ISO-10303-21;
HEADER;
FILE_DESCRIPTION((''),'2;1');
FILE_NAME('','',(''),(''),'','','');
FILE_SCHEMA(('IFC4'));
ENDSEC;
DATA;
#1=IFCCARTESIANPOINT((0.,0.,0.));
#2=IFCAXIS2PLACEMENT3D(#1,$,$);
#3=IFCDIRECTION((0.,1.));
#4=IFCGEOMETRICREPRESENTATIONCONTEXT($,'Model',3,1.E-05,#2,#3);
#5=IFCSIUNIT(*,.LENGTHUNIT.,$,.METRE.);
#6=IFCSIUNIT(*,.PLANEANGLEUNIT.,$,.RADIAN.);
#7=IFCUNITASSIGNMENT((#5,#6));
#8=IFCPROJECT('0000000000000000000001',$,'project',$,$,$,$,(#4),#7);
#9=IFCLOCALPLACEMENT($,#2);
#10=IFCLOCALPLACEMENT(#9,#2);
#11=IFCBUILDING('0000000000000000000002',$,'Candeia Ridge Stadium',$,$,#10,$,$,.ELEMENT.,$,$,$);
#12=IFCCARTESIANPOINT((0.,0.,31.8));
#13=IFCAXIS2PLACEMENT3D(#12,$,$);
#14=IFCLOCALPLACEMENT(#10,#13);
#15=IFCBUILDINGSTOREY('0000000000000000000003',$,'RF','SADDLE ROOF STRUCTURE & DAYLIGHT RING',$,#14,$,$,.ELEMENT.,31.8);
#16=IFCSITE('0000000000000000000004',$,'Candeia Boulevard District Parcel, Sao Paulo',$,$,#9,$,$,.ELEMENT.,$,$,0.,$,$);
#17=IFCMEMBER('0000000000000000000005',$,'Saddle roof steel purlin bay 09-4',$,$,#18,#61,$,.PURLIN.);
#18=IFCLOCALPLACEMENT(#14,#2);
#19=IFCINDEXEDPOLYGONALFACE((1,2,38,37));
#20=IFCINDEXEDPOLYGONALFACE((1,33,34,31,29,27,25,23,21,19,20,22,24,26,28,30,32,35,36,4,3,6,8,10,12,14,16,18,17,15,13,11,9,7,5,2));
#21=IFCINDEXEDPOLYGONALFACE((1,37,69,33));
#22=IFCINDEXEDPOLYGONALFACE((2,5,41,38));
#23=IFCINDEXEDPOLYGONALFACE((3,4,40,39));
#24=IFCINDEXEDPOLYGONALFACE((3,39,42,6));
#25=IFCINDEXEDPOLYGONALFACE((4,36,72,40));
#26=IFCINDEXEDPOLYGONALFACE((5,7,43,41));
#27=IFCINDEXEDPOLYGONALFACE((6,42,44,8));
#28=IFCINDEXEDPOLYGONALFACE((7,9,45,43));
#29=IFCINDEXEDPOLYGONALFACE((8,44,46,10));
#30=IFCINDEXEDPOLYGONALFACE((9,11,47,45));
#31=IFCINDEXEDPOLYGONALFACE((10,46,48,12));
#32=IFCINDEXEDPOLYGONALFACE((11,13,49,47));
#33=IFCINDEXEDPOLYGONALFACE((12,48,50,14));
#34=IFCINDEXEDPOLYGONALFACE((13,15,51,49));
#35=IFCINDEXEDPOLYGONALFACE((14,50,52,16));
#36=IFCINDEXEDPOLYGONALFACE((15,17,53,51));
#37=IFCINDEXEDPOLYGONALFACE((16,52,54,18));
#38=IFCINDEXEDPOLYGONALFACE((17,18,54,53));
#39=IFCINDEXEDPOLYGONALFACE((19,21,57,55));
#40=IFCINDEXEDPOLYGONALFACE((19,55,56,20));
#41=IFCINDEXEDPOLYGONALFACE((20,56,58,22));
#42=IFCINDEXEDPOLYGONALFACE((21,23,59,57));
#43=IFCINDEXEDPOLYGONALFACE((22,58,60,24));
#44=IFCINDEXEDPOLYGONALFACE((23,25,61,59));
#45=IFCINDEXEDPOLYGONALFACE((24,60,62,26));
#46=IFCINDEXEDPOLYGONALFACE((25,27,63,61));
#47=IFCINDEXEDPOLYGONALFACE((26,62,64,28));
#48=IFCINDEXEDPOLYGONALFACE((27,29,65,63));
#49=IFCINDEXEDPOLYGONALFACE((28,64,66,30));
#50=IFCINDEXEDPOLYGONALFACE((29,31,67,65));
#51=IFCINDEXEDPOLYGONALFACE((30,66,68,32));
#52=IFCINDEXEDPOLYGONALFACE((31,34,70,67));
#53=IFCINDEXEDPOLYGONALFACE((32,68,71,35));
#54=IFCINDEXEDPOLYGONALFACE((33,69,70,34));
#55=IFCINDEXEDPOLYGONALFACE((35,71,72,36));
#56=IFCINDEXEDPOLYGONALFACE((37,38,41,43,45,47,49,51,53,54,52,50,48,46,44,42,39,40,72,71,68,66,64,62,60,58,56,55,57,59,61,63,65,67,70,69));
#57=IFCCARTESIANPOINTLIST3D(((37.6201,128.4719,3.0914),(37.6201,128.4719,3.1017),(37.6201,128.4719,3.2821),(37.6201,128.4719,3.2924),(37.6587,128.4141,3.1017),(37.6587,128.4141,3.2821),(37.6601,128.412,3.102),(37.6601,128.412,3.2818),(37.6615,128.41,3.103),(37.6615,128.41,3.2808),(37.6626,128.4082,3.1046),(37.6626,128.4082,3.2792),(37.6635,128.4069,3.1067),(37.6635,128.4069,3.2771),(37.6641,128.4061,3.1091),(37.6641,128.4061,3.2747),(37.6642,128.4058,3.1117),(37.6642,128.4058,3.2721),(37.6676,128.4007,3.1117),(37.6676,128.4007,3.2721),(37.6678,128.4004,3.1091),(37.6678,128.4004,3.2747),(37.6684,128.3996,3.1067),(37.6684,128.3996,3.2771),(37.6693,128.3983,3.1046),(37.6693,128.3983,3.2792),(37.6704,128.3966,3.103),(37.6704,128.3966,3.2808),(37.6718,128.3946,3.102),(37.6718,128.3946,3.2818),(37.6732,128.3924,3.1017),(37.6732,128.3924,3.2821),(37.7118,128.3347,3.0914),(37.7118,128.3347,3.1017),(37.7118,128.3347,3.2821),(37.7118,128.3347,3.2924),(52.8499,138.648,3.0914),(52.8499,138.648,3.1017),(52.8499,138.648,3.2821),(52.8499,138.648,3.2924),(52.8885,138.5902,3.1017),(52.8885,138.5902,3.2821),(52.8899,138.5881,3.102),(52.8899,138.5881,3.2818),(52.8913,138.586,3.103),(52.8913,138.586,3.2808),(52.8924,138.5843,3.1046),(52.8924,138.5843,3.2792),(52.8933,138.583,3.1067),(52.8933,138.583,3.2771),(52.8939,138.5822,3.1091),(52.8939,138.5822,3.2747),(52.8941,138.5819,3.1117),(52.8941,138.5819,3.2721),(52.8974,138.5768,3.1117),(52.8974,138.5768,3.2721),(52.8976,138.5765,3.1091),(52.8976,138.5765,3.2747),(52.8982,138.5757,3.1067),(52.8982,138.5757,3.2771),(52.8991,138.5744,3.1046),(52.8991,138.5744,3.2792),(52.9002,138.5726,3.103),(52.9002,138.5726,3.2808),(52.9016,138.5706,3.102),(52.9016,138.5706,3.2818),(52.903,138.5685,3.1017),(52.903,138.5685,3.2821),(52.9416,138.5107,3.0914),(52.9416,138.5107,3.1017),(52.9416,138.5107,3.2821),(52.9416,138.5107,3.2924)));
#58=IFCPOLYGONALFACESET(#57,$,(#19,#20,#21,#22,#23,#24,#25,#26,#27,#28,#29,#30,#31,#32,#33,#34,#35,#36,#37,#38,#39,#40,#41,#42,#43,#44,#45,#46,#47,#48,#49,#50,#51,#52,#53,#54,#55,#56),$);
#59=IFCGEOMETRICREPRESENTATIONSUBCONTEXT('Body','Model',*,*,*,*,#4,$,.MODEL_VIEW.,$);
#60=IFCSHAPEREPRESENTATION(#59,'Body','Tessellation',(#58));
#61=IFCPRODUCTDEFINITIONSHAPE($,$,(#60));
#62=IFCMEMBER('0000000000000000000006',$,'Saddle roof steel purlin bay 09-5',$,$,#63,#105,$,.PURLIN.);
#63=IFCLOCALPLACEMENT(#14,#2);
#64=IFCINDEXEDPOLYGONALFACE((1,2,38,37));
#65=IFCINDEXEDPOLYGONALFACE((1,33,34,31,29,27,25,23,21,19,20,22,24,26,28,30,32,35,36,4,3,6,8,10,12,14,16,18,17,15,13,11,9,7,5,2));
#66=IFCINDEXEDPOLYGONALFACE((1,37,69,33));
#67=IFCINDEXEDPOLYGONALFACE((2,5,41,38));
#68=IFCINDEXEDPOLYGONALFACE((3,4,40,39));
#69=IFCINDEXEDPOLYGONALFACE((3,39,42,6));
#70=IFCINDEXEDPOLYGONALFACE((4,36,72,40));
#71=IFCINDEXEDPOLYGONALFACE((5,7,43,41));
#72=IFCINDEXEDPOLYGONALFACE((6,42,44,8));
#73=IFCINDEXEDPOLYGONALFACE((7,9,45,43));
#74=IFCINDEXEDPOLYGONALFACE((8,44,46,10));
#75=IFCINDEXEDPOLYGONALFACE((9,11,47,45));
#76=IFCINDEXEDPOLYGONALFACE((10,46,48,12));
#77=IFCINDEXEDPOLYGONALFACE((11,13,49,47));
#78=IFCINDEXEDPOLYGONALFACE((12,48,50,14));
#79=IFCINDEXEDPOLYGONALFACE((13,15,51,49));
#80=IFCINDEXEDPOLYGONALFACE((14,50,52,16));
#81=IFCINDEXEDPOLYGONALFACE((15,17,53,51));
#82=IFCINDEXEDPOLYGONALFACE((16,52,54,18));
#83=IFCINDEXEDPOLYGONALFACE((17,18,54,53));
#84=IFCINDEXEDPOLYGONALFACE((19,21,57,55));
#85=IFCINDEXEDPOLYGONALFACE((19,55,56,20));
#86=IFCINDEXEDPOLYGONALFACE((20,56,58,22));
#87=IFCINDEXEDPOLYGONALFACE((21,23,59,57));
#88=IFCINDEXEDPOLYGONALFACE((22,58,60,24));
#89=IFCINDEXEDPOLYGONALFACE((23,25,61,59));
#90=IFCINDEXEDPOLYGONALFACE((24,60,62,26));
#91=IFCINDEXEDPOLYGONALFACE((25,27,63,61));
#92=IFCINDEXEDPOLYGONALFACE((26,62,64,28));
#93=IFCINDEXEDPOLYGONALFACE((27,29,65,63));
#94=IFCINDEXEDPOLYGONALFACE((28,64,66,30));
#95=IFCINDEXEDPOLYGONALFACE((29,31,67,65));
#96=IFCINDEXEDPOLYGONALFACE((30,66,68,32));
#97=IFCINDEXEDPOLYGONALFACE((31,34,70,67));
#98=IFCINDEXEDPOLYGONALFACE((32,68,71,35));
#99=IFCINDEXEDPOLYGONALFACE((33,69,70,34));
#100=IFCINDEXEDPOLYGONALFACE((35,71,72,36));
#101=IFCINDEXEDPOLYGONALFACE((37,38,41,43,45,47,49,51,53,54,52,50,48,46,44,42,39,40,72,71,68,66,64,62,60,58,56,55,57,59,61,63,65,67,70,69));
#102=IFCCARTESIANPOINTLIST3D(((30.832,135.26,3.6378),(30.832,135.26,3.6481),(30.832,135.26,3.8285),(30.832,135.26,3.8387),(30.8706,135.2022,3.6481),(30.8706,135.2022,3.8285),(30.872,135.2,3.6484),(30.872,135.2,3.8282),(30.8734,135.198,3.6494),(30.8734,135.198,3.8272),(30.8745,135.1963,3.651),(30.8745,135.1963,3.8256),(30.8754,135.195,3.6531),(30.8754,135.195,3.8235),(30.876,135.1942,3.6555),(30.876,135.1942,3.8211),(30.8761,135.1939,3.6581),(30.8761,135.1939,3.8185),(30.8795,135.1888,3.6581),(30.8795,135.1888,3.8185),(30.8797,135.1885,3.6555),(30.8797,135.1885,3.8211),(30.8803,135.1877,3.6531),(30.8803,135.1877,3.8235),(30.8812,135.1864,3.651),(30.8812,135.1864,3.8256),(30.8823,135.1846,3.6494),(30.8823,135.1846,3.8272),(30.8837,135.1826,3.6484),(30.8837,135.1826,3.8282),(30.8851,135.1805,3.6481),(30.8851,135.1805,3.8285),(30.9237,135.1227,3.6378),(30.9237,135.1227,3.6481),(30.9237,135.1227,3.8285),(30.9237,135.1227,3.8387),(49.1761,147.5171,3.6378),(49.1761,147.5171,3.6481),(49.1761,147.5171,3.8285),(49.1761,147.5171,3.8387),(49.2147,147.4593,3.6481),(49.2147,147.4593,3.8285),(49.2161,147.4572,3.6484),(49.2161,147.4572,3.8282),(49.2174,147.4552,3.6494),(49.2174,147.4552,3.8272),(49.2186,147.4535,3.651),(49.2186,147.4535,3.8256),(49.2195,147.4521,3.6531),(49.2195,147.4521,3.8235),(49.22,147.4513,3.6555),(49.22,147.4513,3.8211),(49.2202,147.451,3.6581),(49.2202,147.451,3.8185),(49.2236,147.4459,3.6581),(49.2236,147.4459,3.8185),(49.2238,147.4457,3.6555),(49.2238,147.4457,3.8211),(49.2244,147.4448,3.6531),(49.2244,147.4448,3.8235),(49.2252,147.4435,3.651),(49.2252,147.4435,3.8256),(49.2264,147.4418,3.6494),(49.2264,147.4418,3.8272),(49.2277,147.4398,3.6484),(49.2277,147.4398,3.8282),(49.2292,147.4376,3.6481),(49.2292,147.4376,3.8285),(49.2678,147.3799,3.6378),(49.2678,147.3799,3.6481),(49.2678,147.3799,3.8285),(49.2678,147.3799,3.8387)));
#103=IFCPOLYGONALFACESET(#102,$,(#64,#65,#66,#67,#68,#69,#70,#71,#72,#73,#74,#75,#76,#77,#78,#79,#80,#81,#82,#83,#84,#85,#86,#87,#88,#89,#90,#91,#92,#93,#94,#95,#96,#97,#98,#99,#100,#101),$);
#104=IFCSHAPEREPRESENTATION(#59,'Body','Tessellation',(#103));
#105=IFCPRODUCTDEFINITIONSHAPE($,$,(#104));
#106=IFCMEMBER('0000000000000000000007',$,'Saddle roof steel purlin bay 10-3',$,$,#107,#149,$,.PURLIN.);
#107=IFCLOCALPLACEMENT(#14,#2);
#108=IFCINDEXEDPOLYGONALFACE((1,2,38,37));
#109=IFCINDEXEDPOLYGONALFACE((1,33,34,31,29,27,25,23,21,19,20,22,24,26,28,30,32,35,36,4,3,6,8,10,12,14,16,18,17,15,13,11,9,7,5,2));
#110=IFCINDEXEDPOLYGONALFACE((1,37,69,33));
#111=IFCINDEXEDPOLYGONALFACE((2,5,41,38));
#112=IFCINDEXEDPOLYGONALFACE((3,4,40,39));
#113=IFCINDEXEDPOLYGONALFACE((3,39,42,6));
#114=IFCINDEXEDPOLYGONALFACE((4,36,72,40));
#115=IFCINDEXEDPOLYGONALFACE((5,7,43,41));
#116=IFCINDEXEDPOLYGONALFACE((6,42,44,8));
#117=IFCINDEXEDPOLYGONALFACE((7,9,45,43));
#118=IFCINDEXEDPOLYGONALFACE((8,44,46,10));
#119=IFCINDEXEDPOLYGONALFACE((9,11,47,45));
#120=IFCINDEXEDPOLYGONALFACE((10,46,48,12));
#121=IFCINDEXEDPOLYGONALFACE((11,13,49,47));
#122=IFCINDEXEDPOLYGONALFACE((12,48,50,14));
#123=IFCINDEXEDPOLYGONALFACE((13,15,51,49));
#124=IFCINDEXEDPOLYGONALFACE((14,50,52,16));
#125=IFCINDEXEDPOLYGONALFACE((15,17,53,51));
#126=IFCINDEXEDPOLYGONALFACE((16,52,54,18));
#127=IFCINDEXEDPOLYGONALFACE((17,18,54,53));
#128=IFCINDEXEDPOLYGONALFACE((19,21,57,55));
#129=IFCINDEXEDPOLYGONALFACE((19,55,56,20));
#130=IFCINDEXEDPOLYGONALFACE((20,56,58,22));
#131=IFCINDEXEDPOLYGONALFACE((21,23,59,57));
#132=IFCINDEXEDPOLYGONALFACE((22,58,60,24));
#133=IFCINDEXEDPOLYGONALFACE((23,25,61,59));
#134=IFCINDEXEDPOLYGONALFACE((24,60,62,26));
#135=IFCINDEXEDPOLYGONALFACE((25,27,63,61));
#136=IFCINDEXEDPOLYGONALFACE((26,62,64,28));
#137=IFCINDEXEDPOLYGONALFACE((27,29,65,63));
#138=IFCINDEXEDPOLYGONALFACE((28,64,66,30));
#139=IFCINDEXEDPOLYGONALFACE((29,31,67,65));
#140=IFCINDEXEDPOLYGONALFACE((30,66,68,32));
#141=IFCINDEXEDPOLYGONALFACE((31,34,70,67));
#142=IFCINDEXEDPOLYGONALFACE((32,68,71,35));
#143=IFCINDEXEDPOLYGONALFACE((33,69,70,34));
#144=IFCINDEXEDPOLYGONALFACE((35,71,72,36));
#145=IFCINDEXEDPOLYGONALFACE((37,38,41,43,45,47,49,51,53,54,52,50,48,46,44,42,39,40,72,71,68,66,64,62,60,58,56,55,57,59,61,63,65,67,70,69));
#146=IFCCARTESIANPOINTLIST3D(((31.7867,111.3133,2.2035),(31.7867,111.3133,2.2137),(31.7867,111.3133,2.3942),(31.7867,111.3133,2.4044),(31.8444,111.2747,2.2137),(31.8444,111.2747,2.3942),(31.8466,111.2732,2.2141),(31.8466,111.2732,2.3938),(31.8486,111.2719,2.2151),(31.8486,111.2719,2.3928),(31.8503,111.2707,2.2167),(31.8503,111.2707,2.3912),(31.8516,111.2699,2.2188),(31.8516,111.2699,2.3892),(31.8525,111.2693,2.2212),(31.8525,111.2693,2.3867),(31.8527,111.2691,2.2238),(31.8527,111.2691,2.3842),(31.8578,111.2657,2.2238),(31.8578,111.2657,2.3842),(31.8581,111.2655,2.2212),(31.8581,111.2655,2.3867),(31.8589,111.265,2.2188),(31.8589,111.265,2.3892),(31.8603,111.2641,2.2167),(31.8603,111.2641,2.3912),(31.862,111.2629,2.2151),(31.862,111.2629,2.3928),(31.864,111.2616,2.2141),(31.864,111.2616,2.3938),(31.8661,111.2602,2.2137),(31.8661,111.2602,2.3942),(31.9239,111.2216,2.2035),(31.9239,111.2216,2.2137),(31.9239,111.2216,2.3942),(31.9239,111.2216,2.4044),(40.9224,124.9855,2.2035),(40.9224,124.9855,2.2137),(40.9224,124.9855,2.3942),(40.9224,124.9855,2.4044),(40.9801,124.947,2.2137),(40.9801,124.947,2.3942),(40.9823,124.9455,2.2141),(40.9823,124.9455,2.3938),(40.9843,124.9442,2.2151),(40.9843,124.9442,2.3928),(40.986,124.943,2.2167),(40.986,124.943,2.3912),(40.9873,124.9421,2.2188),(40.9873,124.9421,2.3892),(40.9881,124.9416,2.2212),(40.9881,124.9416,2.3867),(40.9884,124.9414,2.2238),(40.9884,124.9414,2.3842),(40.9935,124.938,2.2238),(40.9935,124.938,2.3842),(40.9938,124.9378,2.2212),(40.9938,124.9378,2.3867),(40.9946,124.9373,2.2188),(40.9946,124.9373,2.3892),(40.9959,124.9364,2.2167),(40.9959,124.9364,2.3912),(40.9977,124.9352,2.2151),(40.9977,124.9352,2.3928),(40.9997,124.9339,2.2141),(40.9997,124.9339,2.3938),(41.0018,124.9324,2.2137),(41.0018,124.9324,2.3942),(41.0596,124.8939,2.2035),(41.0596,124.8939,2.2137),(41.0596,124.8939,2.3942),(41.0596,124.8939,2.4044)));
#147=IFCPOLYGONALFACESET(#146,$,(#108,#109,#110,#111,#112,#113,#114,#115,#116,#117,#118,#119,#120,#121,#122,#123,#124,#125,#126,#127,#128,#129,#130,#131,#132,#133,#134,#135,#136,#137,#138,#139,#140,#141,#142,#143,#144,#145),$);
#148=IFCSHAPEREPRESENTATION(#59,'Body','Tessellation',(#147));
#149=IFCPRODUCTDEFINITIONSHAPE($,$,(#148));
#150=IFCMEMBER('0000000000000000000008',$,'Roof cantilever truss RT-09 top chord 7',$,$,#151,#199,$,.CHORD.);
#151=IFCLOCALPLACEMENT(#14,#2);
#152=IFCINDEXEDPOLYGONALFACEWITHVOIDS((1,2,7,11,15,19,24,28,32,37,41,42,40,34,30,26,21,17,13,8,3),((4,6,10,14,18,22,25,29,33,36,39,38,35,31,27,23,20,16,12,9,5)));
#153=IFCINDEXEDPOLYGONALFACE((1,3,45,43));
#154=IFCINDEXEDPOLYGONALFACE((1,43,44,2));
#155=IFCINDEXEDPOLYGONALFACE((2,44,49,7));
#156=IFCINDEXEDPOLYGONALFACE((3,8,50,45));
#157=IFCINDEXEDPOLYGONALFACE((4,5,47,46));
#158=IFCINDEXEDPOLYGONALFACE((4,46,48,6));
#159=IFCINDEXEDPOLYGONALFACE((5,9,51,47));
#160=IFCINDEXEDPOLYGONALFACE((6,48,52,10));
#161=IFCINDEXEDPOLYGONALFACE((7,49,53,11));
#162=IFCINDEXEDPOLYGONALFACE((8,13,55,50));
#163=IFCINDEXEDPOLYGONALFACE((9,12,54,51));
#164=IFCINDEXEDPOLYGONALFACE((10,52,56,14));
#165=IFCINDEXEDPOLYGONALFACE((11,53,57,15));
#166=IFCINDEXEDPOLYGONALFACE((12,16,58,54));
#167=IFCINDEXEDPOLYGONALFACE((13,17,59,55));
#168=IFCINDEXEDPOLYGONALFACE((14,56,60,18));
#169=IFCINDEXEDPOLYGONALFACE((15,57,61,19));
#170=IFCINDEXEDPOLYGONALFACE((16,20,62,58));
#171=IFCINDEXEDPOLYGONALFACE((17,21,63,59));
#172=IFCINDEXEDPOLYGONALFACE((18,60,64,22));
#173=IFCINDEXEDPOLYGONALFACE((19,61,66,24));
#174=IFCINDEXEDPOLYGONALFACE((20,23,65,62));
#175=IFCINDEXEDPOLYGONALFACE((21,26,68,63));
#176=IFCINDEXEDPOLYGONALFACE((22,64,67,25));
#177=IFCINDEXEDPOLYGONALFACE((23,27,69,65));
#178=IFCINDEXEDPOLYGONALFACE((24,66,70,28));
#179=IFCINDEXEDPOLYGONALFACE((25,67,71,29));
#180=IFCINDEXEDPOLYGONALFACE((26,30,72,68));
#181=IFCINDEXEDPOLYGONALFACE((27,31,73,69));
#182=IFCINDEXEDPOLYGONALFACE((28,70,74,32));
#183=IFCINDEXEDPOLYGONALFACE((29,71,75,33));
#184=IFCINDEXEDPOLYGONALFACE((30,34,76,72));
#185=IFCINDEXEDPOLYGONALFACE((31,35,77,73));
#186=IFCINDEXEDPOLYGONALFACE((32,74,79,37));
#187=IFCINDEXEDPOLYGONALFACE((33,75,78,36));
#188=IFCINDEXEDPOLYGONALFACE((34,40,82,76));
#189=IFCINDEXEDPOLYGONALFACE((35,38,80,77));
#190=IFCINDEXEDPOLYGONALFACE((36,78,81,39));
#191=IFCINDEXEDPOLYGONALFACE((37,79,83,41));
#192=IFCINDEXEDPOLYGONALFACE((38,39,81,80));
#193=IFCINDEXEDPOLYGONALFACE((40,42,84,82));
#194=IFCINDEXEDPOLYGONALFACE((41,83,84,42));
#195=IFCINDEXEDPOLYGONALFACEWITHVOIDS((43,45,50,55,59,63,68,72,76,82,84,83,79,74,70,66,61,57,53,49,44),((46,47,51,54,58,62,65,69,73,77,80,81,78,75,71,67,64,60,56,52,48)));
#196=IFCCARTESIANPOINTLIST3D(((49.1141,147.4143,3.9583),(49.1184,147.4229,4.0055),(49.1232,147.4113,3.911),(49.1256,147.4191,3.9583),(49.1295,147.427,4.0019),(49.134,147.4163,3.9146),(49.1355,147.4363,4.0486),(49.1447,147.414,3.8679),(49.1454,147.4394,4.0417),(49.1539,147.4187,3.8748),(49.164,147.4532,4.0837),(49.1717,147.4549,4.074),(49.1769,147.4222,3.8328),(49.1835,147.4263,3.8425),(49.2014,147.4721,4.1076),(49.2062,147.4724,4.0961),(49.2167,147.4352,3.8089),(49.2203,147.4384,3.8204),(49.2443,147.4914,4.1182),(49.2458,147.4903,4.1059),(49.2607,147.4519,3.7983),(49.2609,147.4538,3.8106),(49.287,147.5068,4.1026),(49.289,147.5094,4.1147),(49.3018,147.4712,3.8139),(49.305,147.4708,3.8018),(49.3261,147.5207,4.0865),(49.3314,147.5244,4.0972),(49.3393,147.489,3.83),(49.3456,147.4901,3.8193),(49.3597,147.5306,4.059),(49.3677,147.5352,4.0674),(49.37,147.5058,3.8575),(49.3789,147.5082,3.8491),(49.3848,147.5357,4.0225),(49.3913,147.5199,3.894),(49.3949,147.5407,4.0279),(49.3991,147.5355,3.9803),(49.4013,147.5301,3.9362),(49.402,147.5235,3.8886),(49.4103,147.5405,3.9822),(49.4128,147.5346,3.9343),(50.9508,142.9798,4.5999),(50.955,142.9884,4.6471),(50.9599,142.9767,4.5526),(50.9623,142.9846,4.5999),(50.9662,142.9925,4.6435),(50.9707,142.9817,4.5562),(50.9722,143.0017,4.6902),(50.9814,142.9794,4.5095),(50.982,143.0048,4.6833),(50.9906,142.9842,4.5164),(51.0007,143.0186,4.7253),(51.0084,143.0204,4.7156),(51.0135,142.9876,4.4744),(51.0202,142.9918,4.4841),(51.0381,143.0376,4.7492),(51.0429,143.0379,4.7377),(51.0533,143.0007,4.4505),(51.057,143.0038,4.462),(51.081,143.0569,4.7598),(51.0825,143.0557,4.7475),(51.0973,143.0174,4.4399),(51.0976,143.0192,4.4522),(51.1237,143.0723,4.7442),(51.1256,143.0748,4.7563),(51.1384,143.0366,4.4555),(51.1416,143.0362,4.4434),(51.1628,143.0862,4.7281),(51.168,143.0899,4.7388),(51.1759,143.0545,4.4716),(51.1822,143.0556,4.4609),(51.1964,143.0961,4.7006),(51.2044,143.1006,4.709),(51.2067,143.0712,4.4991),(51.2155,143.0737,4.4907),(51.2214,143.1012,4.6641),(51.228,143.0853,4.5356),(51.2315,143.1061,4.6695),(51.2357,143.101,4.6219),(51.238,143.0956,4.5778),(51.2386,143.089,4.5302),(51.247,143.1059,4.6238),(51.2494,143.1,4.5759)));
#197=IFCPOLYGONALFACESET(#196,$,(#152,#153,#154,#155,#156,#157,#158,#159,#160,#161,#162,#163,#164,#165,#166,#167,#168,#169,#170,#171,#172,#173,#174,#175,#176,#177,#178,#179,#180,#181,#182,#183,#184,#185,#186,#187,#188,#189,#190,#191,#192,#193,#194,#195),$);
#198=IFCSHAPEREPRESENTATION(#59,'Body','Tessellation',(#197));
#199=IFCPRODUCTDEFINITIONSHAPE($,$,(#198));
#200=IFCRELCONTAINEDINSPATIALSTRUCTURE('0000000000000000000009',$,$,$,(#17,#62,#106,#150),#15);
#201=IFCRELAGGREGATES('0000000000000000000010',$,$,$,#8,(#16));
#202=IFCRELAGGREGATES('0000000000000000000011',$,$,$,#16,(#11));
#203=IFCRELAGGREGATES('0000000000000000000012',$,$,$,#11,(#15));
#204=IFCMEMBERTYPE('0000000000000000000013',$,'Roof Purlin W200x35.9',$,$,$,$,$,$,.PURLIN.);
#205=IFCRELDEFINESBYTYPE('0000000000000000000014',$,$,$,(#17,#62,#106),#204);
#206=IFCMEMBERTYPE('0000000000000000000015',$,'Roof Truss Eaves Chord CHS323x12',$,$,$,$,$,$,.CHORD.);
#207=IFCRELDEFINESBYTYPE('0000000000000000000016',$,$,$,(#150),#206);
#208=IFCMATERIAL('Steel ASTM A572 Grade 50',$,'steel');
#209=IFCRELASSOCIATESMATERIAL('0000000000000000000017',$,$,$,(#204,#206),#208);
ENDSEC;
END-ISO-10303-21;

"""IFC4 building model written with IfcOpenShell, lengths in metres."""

from ifc_helpers import new_model, si_unit, direction, frame, origin, origin_2d, place, context, subcontext, project, spatial, hollow_circle, i_section, extrude, material, material_profile, profile_set, type_object, element, save


model = new_model("IFC4")

# Units and contexts
model_context = context("Model", 3, precision=1e-05, world=origin(), true_north=direction((0.0, 1.0)))
body_context = subcontext(model_context, "Body", "Model", "MODEL_VIEW")
ifc_project = project(units=[si_unit("LENGTHUNIT", "METRE"), si_unit("PLANEANGLEUNIT", "RADIAN")], contexts=[model_context])

# Site, building, storey
site_placement = place(None, origin())
site = spatial("IfcSite", under=ifc_project, at=site_placement, Name="Candeia Boulevard District Parcel, Sao Paulo", CompositionType="ELEMENT", RefElevation=0.0)
building_placement = place(site_placement, origin())
building = spatial("IfcBuilding", under=site, at=building_placement, Name="Candeia Ridge Stadium", CompositionType="ELEMENT")
storey_placement = place(building_placement, frame((0.0, 0.0, 31.8)))
storey = spatial("IfcBuildingStorey", under=building, at=storey_placement, Name="RF", Description="SADDLE ROOF STRUCTURE & DAYLIGHT RING", CompositionType="ELEMENT", Elevation=31.8)

# Shared definitions
ifc_material_1 = material(Name="Steel ASTM A572 Grade 50", Category="steel")

# Members
ifc_material_profile_1 = material_profile(ifc_material_1, i_section(OverallWidth=0.165, OverallDepth=0.2009, WebThickness=0.0061, FlangeThickness=0.0103, FilletRadius=0.01, at=origin_2d()), Name="W200x35.9", Category="steel")
ifc_profile_set_1 = profile_set([ifc_material_profile_1], Name="Steel ASTM A572 Grade 50")
member_type_1 = type_object("IfcMemberType", Name="Roof Purlin W200x35.9", PredefinedType="PURLIN", material=ifc_profile_set_1)
member_1_placement = place(storey_placement, frame((52.8958, 138.5793, 3.1919), z_axis=(-0.831474, -0.555564, 0.0), x_axis=(0.555564, -0.831474, 0.0)))
element("IfcMember", 1, at=member_1_placement, inside=storey, type_object=member_type_1, Name="Saddle roof steel purlin bay 09-4", PredefinedType="PURLIN", context=body_context, shape_type="SweptSolid", body=[
    extrude(i_section(OverallWidth=0.165, OverallDepth=0.2009, WebThickness=0.0061, FlangeThickness=0.0103, FilletRadius=0.01, at=origin_2d()), origin(), (0.0, 0.0, 1.0), 18.3167),
])
member_2_placement = place(storey_placement, frame((49.2219, 147.4485, 3.7383), z_axis=(-0.831469, -0.555571, 0.0), x_axis=(0.555571, -0.831469, 0.0)))
element("IfcMember", 2, at=member_2_placement, inside=storey, type_object=member_type_1, Name="Saddle roof steel purlin bay 09-5", PredefinedType="PURLIN", context=body_context, shape_type="SweptSolid", body=[
    extrude(i_section(OverallWidth=0.165, OverallDepth=0.2009, WebThickness=0.0061, FlangeThickness=0.0103, FilletRadius=0.01, at=origin_2d()), origin(), (0.0, 0.0, 1.0), 22.0623),
])
member_3_placement = place(storey_placement, frame((40.991, 124.9397, 2.304), z_axis=(-0.555577, -0.831465, 0.0), x_axis=(0.831465, -0.555577, 0.0)))
element("IfcMember", 3, at=member_3_placement, inside=storey, type_object=member_type_1, Name="Saddle roof steel purlin bay 10-3", PredefinedType="PURLIN", context=body_context, shape_type="SweptSolid", body=[
    extrude(i_section(OverallWidth=0.165, OverallDepth=0.2009, WebThickness=0.0061, FlangeThickness=0.0103, FilletRadius=0.01, at=origin_2d()), origin(), (0.0, 0.0, 1.0), 16.4436),
])
ifc_material_profile_2 = material_profile(ifc_material_1, hollow_circle(Radius=0.1619, WallThickness=0.0125, at=origin_2d()), Name="CHS323x12", Category="steel")
ifc_profile_set_2 = profile_set([ifc_material_profile_2], Name="Steel ASTM A572 Grade 50")
member_type_2 = type_object("IfcMemberType", Name="Roof Truss Eaves Chord CHS323x12", PredefinedType="CHORD", material=ifc_profile_set_2)
member_4_placement = place(storey_placement, frame((51.1003, 143.0417, 4.5999), z_axis=(-0.379276, 0.915748, -0.132492), x_axis=(-0.923893, -0.38265, 0.0)))
element("IfcMember", 4, at=member_4_placement, inside=storey, type_object=member_type_2, Name="Roof cantilever truss RT-09 top chord 7", PredefinedType="CHORD", context=body_context, shape_type="SweptSolid", body=[
    extrude(hollow_circle(Radius=0.1619, WallThickness=0.0125, at=origin_2d()), origin(), (0.0, 0.0, 1.0), 4.8425),
])

save(model, "model.ifc")
